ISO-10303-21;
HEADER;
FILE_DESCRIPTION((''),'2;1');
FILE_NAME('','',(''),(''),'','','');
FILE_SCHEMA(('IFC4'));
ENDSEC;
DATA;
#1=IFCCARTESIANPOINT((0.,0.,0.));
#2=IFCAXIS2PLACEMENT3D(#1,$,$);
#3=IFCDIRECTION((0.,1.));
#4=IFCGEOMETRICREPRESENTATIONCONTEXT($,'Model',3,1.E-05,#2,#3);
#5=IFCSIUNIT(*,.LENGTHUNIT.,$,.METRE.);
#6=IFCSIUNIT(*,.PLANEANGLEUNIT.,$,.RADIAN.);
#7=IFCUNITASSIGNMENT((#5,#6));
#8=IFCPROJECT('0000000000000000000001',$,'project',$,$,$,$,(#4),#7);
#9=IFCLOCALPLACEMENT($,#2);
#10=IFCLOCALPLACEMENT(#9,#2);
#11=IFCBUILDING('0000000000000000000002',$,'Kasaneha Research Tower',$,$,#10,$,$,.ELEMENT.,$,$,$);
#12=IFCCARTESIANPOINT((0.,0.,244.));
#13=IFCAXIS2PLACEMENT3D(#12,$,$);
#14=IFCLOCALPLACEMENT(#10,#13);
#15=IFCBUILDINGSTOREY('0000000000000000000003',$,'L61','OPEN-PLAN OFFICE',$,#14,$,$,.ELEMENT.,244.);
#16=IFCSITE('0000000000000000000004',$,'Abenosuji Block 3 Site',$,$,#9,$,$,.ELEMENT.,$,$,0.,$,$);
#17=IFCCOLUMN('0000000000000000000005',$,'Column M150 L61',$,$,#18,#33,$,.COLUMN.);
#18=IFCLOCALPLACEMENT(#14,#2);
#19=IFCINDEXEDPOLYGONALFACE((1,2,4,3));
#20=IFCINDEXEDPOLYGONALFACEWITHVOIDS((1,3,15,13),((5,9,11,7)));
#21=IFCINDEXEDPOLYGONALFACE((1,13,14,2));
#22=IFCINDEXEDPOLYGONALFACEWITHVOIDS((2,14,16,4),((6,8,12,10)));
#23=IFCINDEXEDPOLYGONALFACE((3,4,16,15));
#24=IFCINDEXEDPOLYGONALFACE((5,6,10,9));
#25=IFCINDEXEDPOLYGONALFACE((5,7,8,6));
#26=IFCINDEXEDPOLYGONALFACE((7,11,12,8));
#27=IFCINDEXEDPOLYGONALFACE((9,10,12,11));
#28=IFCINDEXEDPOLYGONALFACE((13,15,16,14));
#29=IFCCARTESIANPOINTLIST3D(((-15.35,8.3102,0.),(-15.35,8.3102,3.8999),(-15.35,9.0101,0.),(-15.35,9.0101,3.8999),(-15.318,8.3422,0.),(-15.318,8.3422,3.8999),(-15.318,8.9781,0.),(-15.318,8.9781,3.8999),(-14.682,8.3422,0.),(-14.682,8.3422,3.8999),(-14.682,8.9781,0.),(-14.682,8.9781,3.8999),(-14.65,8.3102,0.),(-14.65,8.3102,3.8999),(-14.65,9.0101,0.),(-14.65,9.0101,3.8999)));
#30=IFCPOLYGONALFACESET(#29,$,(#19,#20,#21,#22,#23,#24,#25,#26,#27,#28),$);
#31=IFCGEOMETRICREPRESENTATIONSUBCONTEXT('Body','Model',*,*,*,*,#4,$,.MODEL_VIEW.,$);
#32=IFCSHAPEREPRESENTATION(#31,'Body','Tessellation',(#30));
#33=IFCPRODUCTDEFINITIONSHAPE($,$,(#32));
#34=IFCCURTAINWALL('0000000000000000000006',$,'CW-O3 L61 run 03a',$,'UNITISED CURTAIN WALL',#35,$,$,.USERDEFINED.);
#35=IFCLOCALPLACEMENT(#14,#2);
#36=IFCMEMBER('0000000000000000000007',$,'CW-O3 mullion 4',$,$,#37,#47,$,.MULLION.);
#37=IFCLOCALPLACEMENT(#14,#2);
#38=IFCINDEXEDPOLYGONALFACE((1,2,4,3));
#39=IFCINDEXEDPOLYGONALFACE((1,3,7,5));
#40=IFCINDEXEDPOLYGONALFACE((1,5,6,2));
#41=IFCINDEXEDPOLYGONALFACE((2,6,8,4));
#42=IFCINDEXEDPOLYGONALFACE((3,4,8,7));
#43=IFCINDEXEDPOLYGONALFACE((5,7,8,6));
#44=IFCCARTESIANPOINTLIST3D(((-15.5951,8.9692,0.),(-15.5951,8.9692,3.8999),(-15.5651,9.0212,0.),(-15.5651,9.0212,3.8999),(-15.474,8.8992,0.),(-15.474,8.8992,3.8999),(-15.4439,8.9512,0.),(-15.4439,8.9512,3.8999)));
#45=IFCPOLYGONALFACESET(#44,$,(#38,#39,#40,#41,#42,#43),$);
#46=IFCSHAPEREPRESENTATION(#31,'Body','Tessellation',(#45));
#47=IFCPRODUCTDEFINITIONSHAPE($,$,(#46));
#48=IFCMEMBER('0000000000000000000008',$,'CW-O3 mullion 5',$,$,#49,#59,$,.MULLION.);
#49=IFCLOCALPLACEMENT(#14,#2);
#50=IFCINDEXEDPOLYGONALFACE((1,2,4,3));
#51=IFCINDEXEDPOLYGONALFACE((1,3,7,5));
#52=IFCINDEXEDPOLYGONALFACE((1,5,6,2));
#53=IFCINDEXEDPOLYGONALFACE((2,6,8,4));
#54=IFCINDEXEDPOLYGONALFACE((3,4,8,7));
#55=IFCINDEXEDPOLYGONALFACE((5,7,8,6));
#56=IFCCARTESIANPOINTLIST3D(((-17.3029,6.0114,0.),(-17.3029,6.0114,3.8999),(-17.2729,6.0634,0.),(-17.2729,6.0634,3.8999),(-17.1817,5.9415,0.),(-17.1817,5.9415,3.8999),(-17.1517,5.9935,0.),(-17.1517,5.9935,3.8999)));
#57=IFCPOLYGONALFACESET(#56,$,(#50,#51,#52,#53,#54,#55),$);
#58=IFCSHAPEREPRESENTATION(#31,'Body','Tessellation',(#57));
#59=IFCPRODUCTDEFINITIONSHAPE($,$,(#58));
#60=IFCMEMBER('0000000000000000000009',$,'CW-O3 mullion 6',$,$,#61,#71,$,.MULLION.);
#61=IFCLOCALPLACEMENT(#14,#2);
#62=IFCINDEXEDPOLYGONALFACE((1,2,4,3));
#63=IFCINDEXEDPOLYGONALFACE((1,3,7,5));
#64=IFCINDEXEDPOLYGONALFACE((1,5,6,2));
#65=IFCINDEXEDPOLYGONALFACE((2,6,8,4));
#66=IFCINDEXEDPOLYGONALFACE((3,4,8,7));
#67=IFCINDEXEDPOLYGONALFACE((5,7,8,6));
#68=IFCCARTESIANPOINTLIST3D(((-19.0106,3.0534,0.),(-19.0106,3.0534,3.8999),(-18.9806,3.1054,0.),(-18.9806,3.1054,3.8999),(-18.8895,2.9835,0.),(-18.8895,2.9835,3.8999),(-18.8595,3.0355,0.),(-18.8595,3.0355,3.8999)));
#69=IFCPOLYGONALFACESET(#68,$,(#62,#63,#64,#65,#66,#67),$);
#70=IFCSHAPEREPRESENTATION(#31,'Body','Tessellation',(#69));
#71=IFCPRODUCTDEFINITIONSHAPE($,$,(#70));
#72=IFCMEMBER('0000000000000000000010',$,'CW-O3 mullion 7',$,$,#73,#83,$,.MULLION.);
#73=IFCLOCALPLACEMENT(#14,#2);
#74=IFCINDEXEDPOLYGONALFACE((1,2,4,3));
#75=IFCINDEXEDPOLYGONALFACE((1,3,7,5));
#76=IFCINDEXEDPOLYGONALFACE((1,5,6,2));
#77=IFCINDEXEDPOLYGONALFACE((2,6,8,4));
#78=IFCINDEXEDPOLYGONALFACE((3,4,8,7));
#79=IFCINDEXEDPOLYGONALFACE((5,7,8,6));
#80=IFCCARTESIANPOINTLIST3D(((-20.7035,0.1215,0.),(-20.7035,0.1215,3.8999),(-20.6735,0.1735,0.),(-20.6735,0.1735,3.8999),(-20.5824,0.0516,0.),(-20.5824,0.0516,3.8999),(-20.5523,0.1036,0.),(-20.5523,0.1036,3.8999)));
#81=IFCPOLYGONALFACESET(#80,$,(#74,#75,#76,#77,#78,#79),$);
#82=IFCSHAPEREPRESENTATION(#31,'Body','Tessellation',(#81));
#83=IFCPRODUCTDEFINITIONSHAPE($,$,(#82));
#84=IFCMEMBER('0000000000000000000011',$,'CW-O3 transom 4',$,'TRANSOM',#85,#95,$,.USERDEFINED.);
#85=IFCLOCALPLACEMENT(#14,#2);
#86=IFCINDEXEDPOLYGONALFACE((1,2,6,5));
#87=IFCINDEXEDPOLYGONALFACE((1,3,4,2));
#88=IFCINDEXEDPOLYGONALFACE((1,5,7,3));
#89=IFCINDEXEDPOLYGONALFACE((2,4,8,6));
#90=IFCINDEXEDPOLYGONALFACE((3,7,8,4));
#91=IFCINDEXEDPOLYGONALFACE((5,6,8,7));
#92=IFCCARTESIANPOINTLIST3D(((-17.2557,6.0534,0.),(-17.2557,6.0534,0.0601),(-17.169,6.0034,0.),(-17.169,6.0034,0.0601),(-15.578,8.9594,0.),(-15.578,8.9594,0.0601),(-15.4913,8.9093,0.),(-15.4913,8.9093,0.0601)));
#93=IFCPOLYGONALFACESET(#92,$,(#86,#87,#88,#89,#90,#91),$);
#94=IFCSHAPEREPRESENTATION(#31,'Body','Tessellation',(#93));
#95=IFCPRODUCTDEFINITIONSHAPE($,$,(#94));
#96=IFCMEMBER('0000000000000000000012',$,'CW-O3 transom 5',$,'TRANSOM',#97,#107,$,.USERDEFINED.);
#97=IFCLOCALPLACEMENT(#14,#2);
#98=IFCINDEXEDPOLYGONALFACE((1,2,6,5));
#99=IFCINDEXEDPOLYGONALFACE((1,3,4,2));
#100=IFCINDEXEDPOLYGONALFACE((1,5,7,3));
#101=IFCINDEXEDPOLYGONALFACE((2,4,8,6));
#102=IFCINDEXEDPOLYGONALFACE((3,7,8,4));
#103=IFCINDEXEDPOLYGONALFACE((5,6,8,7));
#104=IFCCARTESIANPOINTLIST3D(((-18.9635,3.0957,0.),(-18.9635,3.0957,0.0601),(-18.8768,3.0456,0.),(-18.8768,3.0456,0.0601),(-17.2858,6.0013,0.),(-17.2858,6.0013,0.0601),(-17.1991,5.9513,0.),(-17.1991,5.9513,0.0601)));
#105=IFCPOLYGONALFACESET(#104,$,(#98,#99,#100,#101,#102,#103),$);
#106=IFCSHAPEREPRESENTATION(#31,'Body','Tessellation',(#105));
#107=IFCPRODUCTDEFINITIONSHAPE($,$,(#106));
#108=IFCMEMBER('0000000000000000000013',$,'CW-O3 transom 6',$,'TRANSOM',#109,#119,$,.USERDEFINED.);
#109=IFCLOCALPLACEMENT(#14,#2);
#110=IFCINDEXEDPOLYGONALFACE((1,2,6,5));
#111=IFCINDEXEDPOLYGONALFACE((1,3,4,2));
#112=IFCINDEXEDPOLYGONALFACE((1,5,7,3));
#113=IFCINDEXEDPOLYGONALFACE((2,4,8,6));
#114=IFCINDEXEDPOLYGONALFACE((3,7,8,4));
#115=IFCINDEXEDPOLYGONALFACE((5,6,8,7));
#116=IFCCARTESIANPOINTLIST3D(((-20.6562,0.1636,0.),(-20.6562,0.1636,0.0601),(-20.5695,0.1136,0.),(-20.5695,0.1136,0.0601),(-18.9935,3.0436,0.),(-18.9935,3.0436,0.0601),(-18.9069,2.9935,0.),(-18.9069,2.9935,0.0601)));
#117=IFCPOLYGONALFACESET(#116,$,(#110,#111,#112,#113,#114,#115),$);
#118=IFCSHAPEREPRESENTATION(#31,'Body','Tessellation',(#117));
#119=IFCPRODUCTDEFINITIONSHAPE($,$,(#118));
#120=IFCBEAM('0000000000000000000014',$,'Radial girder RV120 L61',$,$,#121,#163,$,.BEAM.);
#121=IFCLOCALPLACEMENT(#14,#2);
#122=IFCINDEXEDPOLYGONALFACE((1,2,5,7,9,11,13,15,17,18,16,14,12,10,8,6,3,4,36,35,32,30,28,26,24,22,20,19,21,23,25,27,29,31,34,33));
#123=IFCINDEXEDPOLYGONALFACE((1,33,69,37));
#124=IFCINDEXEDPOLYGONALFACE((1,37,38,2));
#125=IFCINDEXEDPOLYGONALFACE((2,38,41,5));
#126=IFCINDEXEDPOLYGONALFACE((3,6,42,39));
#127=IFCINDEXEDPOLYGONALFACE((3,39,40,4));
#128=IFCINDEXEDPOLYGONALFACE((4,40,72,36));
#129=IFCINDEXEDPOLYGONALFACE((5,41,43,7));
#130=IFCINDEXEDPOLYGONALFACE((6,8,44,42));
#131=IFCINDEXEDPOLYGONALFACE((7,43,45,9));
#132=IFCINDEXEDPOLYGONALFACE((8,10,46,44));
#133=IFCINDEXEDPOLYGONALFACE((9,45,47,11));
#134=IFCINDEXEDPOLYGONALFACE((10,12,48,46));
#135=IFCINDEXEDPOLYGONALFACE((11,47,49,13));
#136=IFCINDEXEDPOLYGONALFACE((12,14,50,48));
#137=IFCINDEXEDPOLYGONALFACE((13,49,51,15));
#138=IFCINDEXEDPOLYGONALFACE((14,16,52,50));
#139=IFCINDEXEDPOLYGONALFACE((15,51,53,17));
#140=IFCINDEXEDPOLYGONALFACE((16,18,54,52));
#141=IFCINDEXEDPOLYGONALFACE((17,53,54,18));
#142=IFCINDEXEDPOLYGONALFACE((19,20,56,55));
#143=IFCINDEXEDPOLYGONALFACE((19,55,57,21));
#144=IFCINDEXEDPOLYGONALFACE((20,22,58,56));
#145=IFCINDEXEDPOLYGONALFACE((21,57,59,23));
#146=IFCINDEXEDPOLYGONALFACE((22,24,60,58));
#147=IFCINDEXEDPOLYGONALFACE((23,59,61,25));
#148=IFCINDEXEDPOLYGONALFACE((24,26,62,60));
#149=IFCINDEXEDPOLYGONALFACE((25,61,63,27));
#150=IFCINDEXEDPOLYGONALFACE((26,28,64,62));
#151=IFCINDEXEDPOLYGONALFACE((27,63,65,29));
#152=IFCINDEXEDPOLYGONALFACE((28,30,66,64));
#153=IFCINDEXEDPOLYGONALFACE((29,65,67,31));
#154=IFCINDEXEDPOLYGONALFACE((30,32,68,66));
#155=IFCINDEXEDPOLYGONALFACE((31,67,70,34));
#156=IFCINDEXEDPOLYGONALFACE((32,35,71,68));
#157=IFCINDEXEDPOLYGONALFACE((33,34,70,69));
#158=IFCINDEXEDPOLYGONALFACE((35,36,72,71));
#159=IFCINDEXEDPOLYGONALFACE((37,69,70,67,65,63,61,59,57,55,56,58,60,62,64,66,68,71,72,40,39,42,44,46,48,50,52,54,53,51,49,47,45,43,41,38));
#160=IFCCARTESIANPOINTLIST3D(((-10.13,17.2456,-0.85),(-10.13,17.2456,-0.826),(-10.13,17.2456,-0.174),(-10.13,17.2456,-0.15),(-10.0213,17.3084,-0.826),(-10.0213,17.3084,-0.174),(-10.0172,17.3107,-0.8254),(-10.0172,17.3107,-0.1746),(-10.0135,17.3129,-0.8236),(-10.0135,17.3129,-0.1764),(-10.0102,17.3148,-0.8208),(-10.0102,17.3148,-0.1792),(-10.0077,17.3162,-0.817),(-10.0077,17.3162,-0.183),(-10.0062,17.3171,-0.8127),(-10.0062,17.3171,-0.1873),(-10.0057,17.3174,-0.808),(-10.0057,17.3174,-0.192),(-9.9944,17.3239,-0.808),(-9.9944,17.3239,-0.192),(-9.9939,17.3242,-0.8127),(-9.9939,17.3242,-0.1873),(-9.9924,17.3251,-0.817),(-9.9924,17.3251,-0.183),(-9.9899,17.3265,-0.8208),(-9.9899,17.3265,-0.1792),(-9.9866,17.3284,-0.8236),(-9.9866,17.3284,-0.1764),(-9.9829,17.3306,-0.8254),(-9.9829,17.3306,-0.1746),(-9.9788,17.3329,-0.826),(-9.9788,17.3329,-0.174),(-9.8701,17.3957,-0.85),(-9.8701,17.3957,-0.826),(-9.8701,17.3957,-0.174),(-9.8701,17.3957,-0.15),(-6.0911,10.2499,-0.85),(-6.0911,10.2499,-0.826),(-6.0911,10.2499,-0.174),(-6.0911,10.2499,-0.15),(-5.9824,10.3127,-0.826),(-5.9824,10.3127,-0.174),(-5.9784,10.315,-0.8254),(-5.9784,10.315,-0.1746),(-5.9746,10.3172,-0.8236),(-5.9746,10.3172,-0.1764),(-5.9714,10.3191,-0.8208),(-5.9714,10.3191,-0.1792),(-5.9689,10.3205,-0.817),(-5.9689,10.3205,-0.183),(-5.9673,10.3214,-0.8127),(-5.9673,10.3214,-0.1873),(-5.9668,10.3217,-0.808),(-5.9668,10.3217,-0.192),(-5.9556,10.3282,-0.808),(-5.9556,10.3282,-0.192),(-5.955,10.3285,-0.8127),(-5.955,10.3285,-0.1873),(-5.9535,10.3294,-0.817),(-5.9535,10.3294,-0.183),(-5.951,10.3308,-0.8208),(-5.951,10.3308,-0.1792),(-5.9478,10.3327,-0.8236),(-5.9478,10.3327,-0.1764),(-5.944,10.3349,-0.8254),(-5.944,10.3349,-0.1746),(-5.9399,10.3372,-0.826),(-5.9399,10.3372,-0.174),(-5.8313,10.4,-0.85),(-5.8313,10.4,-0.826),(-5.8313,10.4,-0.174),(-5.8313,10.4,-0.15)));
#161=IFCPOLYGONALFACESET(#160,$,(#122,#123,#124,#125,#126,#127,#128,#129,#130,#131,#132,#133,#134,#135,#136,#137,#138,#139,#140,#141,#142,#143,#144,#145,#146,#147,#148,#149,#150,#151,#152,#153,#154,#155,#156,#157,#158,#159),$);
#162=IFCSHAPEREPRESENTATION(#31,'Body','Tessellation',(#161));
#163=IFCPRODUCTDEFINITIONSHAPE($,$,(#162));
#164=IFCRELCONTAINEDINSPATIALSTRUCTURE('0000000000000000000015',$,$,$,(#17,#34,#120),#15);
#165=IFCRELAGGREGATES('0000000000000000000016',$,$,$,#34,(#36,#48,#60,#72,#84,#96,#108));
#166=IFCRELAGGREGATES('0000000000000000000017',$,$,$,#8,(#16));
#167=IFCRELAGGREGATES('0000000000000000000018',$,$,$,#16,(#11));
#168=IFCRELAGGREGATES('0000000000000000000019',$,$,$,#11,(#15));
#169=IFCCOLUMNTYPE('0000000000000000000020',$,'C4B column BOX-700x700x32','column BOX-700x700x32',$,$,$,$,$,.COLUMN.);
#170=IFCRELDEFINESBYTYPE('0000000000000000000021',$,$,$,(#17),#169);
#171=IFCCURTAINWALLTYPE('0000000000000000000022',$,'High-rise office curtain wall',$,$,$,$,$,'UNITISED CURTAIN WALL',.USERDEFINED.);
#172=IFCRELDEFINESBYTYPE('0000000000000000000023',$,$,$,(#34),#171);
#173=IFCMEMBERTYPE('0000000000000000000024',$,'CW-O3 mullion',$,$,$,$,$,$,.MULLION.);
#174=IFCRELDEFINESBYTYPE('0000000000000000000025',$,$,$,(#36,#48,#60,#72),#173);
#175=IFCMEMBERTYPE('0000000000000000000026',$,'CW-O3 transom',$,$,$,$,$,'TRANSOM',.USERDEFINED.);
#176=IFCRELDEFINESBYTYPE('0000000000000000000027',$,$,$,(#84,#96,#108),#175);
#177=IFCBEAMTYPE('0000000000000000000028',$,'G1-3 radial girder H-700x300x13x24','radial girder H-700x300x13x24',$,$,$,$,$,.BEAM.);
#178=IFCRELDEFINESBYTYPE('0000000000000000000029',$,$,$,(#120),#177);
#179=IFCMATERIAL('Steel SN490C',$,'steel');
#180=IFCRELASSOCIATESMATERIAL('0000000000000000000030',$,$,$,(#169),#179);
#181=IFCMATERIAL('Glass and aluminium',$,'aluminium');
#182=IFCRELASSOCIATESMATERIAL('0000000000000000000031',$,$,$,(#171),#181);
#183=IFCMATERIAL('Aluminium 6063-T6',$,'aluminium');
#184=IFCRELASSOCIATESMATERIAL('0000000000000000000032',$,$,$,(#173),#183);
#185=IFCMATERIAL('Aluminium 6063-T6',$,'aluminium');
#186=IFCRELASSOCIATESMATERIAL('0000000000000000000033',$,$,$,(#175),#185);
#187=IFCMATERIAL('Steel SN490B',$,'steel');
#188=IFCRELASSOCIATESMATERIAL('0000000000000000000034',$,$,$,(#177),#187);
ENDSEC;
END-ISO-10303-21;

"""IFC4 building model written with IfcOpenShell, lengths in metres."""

from ifc_helpers import new_model, si_unit, direction, frame, origin, origin_2d, place, context, subcontext, project, spatial, rectangle, hollow_rectangle, i_section, extrude, material, material_profile, profile_set, type_object, element, aggregate, save


model = new_model("IFC4")

# Units and contexts
model_context = context("Model", 3, precision=1e-05, world=origin(), true_north=direction((0.0, 1.0)))
body_context = subcontext(model_context, "Body", "Model", "MODEL_VIEW")
ifc_project = project(units=[si_unit("LENGTHUNIT", "METRE"), si_unit("PLANEANGLEUNIT", "RADIAN")], contexts=[model_context])

# Site, building, storey
site_placement = place(None, origin())
site = spatial("IfcSite", under=ifc_project, at=site_placement, Name="Abenosuji Block 3 Site", CompositionType="ELEMENT", RefElevation=0.0)
building_placement = place(site_placement, origin())
building = spatial("IfcBuilding", under=site, at=building_placement, Name="Kasaneha Research Tower", CompositionType="ELEMENT")
storey_placement = place(building_placement, frame((0.0, 0.0, 244.0)))
storey = spatial("IfcBuildingStorey", under=building, at=storey_placement, Name="L61", Description="OPEN-PLAN OFFICE", CompositionType="ELEMENT", Elevation=244.0)

# Column
ifc_material_1 = material(Name="Steel SN490C", Category="steel")
ifc_material_profile_1 = material_profile(ifc_material_1, hollow_rectangle(XDim=0.7, YDim=0.7, WallThickness=0.032, at=origin_2d()), Name="BOX-700x700x32")
ifc_profile_set_1 = profile_set([ifc_material_profile_1], Name="Steel SN490C")
column_type = type_object("IfcColumnType", Name="C4B column BOX-700x700x32", Description="column BOX-700x700x32", PredefinedType="COLUMN", material=ifc_profile_set_1)
column_placement = place(storey_placement, frame((-15.0, 8.6602, 0.0), z_axis=(0.0, 0.0, 1.0), x_axis=(1.0, 0.0, 0.0)))
element("IfcColumn", 1, at=column_placement, inside=storey, type_object=column_type, Name="Column M150 L61", PredefinedType="COLUMN", context=body_context, shape_type="SweptSolid", body=[
    extrude(hollow_rectangle(XDim=0.7, YDim=0.7, WallThickness=0.032, at=origin_2d()), origin(), (0.0, 0.0, 1.0), 3.8999),
])

# Curtain wall, members
ifc_material_2 = material(Name="Glass and aluminium", Category="aluminium")
curtain_wall_type = type_object("IfcCurtainWallType", Name="High-rise office curtain wall", ElementType="UNITISED CURTAIN WALL", PredefinedType="USERDEFINED", material=ifc_material_2)
curtain_wall_placement = place(storey_placement, origin())
curtain_wall = element("IfcCurtainWall", 2, at=curtain_wall_placement, inside=storey, type_object=curtain_wall_type, Name="CW-O3 L61 run 03a", ObjectType="UNITISED CURTAIN WALL", PredefinedType="USERDEFINED")
ifc_material_3 = material(Name="Aluminium 6063-T6", Category="aluminium")
ifc_material_profile_2 = material_profile(ifc_material_3, rectangle(XDim=0.0601, YDim=0.1399, at=origin_2d()), Name="CW-O3 mullion 60x140")
ifc_profile_set_2 = profile_set([ifc_material_profile_2], Name="Aluminium 6063-T6")
member_type_1 = type_object("IfcMemberType", Name="CW-O3 mullion", PredefinedType="MULLION", material=ifc_profile_set_2)
member_1_placement = place(storey_placement, frame((-15.5195, 8.9602, 0.0), z_axis=(0.0, 0.0, 1.0), x_axis=(-0.5, -0.866025, 0.0)))
member_1 = element("IfcMember", 3, at=member_1_placement, type_object=member_type_1, Name="CW-O3 mullion 4", PredefinedType="MULLION", context=body_context, shape_type="SweptSolid", body=[
    extrude(rectangle(XDim=0.0601, YDim=0.1399, at=origin_2d()), origin(), (0.0, 0.0, 1.0), 3.8999),
])
member_2_placement = place(storey_placement, frame((-17.2273, 6.0024, 0.0), z_axis=(0.0, 0.0, 1.0), x_axis=(-0.5, -0.866025, 0.0)))
member_2 = element("IfcMember", 4, at=member_2_placement, type_object=member_type_1, Name="CW-O3 mullion 5", PredefinedType="MULLION", context=body_context, shape_type="SweptSolid", body=[
    extrude(rectangle(XDim=0.0601, YDim=0.1399, at=origin_2d()), origin(), (0.0, 0.0, 1.0), 3.8999),
])
member_3_placement = place(storey_placement, frame((-18.9351, 3.0444, 0.0), z_axis=(0.0, 0.0, 1.0), x_axis=(-0.5, -0.866025, 0.0)))
member_3 = element("IfcMember", 5, at=member_3_placement, type_object=member_type_1, Name="CW-O3 mullion 6", PredefinedType="MULLION", context=body_context, shape_type="SweptSolid", body=[
    extrude(rectangle(XDim=0.0601, YDim=0.1399, at=origin_2d()), origin(), (0.0, 0.0, 1.0), 3.8999),
])
member_4_placement = place(storey_placement, frame((-20.6279, 0.1125, 0.0), z_axis=(0.0, 0.0, 1.0), x_axis=(-0.5, -0.866025, 0.0)))
member_4 = element("IfcMember", 6, at=member_4_placement, type_object=member_type_1, Name="CW-O3 mullion 7", PredefinedType="MULLION", context=body_context, shape_type="SweptSolid", body=[
    extrude(rectangle(XDim=0.0601, YDim=0.1399, at=origin_2d()), origin(), (0.0, 0.0, 1.0), 3.8999),
])
ifc_material_4 = material(Name="Aluminium 6063-T6", Category="aluminium")
ifc_material_profile_3 = material_profile(ifc_material_4, rectangle(XDim=0.1001, YDim=0.0601, at=origin_2d()), Name="CW-O3 transom 100x60")
ifc_profile_set_3 = profile_set([ifc_material_profile_3], Name="Aluminium 6063-T6")
member_type_2 = type_object("IfcMemberType", Name="CW-O3 transom", ElementType="TRANSOM", PredefinedType="USERDEFINED", material=ifc_profile_set_3)
member_5_placement = place(storey_placement, frame((-15.5347, 8.9343, 0.03), z_axis=(-0.499989, -0.866032, 0.0), x_axis=(0.866032, -0.499989, 0.0)))
member_5 = element("IfcMember", 7, at=member_5_placement, type_object=member_type_2, Name="CW-O3 transom 4", ObjectType="TRANSOM", PredefinedType="USERDEFINED", context=body_context, shape_type="SweptSolid", body=[
    extrude(rectangle(XDim=0.1001, YDim=0.0601, at=origin_2d()), origin(), (0.0, 0.0, 1.0), 3.3555),
])
member_6_placement = place(storey_placement, frame((-17.2424, 5.9763, 0.03), z_axis=(-0.500021, -0.866014, 0.0), x_axis=(0.866014, -0.500021, 0.0)))
member_6 = element("IfcMember", 8, at=member_6_placement, type_object=member_type_2, Name="CW-O3 transom 5", ObjectType="TRANSOM", PredefinedType="USERDEFINED", context=body_context, shape_type="SweptSolid", body=[
    extrude(rectangle(XDim=0.1001, YDim=0.0601, at=origin_2d()), origin(), (0.0, 0.0, 1.0), 3.3552),
])
member_7_placement = place(storey_placement, frame((-18.9502, 3.0186, 0.03), z_axis=(-0.499977, -0.866039, 0.0), x_axis=(0.866039, -0.499977, 0.0)))
member_7 = element("IfcMember", 9, at=member_7_placement, type_object=member_type_2, Name="CW-O3 transom 6", ObjectType="TRANSOM", PredefinedType="USERDEFINED", context=body_context, shape_type="SweptSolid", body=[
    extrude(rectangle(XDim=0.1001, YDim=0.0601, at=origin_2d()), origin(), (0.0, 0.0, 1.0), 3.3254),
])

# Beam
ifc_material_5 = material(Name="Steel SN490B", Category="steel")
ifc_material_profile_4 = material_profile(ifc_material_5, i_section(OverallWidth=0.3, OverallDepth=0.7, WebThickness=0.0129, FlangeThickness=0.0239, FilletRadius=0.0181, at=origin_2d()), Name="H-700x300x13x24")
ifc_profile_set_4 = profile_set([ifc_material_profile_4], Name="Steel SN490B")
beam_type_1 = type_object("IfcBeamType", Name="G1-3 radial girder H-700x300x13x24", Description="radial girder H-700x300x13x24", PredefinedType="BEAM", material=ifc_profile_set_4)
beam_1_placement = place(storey_placement, frame((-5.9612, 10.325, -0.5), z_axis=(-0.499991, 0.866031, 0.0), x_axis=(-0.866031, -0.499991, 0.0)))
element("IfcBeam", 10, at=beam_1_placement, inside=storey, type_object=beam_type_1, Name="Radial girder RV120 L61", PredefinedType="BEAM", context=body_context, shape_type="SweptSolid", body=[
    extrude(i_section(OverallWidth=0.3, OverallDepth=0.7, WebThickness=0.0129, FlangeThickness=0.0239, FilletRadius=0.0181, at=origin_2d()), origin(), (0.0, 0.0, 1.0), 8.0779),
])

aggregate(curtain_wall, [member_1, member_2, member_3, member_4, member_5, member_6, member_7])

save(model, "model.ifc")
